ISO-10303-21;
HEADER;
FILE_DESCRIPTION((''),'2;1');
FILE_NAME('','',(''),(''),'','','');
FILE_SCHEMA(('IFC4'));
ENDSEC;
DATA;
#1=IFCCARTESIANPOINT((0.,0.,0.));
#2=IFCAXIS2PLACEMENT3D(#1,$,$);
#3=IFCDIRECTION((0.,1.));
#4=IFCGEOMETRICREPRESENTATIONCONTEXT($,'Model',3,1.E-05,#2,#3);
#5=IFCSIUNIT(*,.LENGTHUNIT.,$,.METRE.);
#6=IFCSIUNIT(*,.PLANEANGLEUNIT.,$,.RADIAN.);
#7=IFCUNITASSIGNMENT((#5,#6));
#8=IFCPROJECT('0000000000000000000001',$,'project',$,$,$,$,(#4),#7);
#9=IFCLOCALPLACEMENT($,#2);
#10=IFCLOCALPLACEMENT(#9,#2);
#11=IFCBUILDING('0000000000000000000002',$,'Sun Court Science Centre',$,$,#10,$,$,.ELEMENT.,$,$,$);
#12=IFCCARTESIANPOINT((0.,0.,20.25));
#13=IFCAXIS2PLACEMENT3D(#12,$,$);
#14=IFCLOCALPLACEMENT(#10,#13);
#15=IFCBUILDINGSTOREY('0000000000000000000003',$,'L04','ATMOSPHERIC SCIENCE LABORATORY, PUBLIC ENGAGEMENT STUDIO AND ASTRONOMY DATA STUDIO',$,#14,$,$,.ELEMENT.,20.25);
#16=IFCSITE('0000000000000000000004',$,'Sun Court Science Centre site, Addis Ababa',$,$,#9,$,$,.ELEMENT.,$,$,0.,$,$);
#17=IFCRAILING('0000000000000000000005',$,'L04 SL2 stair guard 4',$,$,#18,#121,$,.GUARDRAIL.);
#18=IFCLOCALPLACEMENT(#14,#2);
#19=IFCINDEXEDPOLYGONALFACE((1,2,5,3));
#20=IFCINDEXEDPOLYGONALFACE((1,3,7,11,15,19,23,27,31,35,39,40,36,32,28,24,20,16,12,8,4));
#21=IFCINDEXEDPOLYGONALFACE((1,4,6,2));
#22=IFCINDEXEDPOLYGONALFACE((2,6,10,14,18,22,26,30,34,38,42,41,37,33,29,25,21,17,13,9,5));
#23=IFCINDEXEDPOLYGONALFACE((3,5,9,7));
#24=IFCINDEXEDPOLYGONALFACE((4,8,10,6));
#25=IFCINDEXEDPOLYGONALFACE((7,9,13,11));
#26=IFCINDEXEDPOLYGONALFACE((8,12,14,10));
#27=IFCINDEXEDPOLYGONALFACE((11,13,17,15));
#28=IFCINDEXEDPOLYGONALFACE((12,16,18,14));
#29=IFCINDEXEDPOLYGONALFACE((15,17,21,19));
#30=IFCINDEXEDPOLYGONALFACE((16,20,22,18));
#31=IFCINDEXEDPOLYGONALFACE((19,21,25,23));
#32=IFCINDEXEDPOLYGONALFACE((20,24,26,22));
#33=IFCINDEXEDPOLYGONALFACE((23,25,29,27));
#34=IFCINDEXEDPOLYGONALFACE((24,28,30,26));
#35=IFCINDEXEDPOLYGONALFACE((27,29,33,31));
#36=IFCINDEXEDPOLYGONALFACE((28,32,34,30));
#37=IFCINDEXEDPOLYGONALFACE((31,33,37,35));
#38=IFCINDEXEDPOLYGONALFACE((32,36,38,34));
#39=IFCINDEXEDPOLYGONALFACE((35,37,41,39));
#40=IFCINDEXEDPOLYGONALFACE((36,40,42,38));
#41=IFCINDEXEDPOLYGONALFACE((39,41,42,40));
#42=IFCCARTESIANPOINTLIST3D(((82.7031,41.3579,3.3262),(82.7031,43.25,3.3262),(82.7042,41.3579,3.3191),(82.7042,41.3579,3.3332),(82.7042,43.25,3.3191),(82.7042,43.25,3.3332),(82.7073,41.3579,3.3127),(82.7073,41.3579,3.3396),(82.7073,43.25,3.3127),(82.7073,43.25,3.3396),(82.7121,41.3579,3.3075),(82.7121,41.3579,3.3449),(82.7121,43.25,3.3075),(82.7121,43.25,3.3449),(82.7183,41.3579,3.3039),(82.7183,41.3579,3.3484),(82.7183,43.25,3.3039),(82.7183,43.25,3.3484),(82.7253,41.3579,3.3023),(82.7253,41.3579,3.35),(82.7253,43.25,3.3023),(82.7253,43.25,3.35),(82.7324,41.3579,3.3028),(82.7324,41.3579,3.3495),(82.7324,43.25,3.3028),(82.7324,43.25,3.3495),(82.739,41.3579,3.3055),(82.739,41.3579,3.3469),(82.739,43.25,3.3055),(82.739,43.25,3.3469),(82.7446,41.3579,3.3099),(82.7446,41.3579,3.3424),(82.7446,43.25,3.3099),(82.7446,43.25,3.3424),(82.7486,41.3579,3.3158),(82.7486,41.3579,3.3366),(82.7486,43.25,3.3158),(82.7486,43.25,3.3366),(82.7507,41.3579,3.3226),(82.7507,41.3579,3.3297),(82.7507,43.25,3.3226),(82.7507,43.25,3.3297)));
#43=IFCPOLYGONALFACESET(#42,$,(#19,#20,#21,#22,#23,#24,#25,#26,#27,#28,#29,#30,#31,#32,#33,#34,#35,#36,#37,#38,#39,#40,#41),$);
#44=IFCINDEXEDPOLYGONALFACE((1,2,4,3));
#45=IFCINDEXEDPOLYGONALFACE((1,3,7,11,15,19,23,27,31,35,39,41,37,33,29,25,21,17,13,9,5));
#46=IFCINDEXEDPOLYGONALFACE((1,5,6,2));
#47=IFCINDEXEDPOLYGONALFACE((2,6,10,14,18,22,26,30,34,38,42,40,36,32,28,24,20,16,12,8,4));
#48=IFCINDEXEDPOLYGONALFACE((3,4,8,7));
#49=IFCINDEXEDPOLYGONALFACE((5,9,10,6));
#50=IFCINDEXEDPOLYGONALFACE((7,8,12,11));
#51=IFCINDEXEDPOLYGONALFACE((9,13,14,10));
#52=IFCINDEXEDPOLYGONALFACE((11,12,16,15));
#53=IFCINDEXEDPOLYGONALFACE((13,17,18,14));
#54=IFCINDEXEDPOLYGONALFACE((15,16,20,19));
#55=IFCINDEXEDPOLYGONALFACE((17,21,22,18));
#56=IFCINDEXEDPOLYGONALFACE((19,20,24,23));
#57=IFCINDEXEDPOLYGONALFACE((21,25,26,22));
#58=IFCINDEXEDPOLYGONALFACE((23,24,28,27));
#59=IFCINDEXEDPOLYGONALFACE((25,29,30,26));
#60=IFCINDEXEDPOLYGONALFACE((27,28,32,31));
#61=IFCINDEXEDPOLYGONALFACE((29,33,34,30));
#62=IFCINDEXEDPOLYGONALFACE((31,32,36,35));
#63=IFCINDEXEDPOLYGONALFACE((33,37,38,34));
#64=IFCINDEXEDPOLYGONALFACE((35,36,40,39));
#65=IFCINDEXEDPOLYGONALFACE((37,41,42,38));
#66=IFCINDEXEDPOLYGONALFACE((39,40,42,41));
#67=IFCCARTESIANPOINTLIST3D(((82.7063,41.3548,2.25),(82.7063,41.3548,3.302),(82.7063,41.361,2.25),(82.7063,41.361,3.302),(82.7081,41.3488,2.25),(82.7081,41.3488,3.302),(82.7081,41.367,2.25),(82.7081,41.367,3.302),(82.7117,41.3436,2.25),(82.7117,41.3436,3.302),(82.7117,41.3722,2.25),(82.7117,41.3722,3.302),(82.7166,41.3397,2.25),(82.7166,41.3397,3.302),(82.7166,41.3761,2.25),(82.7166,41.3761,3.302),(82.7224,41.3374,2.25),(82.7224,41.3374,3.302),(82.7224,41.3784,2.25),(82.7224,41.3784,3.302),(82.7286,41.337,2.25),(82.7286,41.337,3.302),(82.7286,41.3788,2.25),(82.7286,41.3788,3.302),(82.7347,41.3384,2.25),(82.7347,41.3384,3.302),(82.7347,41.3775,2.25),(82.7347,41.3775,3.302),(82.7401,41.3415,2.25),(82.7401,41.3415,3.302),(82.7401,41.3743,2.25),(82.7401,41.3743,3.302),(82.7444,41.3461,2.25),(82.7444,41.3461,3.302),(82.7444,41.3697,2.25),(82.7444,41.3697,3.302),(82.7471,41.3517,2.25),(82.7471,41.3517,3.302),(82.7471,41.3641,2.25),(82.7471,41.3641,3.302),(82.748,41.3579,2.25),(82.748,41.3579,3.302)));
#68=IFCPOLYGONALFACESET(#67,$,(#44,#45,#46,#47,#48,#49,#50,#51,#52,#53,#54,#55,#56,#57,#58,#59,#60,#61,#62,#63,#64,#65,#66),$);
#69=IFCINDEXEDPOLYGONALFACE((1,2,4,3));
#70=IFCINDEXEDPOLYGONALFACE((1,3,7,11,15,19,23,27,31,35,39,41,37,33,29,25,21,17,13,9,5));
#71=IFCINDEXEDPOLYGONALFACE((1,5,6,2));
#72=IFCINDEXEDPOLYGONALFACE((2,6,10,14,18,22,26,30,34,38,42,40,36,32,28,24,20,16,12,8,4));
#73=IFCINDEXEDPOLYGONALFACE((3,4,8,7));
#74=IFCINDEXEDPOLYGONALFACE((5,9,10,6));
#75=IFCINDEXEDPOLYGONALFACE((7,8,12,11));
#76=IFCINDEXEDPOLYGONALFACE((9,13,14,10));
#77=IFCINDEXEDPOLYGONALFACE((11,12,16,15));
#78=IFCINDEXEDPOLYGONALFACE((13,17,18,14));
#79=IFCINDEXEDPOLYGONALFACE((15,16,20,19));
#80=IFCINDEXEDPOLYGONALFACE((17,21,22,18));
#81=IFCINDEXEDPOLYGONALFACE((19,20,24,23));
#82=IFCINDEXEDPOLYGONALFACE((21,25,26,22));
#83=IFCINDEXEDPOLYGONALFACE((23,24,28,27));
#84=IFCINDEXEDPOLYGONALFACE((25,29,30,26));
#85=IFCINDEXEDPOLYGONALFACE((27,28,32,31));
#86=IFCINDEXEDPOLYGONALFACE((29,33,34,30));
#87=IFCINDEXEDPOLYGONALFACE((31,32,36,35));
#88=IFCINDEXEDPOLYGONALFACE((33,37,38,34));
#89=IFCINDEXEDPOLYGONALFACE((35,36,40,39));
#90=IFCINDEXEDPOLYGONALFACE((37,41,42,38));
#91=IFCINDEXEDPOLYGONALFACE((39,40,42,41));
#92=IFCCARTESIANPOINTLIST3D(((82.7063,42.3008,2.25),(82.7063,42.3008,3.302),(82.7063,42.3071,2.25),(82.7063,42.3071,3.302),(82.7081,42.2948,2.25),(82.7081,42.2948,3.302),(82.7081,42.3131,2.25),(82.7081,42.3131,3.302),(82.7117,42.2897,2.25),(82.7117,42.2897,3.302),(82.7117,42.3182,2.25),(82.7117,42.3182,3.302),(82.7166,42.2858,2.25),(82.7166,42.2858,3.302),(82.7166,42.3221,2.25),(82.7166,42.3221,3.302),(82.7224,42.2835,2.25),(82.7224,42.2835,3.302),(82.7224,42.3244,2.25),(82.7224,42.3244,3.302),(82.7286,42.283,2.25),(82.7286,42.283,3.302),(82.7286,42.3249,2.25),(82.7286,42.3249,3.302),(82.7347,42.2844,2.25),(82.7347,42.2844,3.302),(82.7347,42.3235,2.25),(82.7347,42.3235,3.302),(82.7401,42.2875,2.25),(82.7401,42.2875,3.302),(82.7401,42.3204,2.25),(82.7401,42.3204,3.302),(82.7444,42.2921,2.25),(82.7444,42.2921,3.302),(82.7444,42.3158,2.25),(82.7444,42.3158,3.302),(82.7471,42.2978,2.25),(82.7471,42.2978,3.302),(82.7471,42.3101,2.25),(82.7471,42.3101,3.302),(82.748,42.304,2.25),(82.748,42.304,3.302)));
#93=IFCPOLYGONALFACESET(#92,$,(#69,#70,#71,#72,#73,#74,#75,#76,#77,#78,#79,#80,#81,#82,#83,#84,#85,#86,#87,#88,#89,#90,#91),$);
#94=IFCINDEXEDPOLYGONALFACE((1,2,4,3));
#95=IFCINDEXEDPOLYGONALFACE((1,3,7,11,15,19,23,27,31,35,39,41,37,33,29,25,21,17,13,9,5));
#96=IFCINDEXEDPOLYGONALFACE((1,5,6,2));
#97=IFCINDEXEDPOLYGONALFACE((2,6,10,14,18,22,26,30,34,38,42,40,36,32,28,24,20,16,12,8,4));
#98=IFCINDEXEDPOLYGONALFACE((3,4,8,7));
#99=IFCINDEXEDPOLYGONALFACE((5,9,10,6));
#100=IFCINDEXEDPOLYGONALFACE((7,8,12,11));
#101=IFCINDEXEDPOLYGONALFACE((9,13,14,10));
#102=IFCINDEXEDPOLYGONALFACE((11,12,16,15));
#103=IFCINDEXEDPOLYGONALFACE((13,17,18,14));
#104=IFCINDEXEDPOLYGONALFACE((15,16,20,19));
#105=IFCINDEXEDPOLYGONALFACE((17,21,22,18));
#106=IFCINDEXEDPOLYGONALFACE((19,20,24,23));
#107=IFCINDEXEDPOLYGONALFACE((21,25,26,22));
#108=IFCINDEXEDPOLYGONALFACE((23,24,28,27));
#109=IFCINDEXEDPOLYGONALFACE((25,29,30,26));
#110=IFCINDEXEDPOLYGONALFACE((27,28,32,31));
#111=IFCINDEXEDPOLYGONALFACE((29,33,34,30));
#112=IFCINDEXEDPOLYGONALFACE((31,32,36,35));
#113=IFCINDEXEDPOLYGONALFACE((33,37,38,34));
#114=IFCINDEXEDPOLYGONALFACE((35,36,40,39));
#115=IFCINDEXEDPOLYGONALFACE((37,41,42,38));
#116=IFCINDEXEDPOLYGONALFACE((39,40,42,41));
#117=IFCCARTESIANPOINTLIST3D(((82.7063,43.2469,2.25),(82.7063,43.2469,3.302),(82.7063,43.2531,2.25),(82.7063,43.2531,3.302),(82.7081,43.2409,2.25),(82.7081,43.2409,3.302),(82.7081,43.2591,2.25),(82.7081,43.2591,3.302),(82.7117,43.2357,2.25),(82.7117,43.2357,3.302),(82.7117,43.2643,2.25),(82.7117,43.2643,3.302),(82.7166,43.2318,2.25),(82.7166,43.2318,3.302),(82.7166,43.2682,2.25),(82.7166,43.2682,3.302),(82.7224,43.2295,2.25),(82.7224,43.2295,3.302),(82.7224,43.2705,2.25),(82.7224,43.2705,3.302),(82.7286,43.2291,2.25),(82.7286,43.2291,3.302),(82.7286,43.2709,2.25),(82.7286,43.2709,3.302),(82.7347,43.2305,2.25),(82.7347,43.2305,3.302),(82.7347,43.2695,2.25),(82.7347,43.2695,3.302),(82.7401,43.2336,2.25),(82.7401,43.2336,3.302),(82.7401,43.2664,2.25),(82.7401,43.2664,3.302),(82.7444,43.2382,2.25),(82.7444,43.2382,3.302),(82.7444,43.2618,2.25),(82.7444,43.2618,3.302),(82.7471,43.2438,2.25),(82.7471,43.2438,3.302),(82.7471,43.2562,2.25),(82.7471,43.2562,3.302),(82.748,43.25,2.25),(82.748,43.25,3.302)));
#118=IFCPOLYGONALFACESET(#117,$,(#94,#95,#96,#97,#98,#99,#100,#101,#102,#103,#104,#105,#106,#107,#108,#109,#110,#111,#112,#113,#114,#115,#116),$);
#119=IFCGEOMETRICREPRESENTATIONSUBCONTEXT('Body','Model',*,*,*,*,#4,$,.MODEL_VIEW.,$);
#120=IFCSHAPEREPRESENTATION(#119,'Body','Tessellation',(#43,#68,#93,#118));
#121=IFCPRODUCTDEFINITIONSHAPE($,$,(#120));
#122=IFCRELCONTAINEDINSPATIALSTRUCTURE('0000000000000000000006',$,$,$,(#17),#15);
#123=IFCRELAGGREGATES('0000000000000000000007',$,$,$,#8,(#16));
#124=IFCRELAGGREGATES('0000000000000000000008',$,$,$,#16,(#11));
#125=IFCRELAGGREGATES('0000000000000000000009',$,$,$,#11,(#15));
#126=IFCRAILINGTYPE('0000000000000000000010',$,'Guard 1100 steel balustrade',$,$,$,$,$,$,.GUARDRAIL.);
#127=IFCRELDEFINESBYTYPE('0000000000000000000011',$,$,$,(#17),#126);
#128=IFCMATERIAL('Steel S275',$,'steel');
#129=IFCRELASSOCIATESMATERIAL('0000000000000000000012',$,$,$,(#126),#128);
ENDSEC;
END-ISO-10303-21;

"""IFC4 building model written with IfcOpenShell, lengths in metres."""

from ifc_helpers import new_model, si_unit, direction, frame, origin, origin_2d, place, context, subcontext, project, spatial, circle, extrude, material, type_object, element, save


model = new_model("IFC4")

# Units and contexts
model_context = context("Model", 3, precision=1e-05, world=origin(), true_north=direction((0.0, 1.0)))
body_context = subcontext(model_context, "Body", "Model", "MODEL_VIEW")
ifc_project = project(units=[si_unit("LENGTHUNIT", "METRE"), si_unit("PLANEANGLEUNIT", "RADIAN")], contexts=[model_context])

# Site, building, storey
site_placement = place(None, origin())
site = spatial("IfcSite", under=ifc_project, at=site_placement, Name="Sun Court Science Centre site, Addis Ababa", CompositionType="ELEMENT", RefElevation=0.0)
building_placement = place(site_placement, origin())
building = spatial("IfcBuilding", under=site, at=building_placement, Name="Sun Court Science Centre", CompositionType="ELEMENT")
storey_placement = place(building_placement, frame((0.0, 0.0, 20.25)))
storey = spatial("IfcBuildingStorey", under=building, at=storey_placement, Name="L04", Description="ATMOSPHERIC SCIENCE LABORATORY, PUBLIC ENGAGEMENT STUDIO AND ASTRONOMY DATA STUDIO", CompositionType="ELEMENT", Elevation=20.25)

# Railing
ifc_material_1 = material(Name="Steel S275", Category="steel")
railing_type_1 = type_object("IfcRailingType", Name="Guard 1100 steel balustrade", PredefinedType="GUARDRAIL", material=ifc_material_1)
for number, where, name in (
    (1, (82.7271, 41.3579, 2.25), "L04 SL2 stair guard 4"),
):
    element("IfcRailing", number, at=place(storey_placement, frame(where)), inside=storey, type_object=railing_type_1, Name=name, PredefinedType="GUARDRAIL", context=body_context, shape_type="SweptSolid", body=[
        extrude(circle(Radius=0.0239, at=origin_2d()), frame((0.0, 0.0, 1.0762), z_axis=(0.0, 1.0, 0.0), x_axis=(-1.0, 0.0, 0.0)), (0.0, 0.0, 1.0), 1.8921),
        extrude(circle(Radius=0.021, at=origin_2d()), origin(), (0.0, 0.0, 1.0), 1.052),
        extrude(circle(Radius=0.021, at=origin_2d()), frame((0.0, 0.946, 0.0)), (0.0, 0.0, 1.0), 1.052),
        extrude(circle(Radius=0.021, at=origin_2d()), frame((0.0, 1.8921, 0.0)), (0.0, 0.0, 1.0), 1.052),
    ])

save(model, "model.ifc")
